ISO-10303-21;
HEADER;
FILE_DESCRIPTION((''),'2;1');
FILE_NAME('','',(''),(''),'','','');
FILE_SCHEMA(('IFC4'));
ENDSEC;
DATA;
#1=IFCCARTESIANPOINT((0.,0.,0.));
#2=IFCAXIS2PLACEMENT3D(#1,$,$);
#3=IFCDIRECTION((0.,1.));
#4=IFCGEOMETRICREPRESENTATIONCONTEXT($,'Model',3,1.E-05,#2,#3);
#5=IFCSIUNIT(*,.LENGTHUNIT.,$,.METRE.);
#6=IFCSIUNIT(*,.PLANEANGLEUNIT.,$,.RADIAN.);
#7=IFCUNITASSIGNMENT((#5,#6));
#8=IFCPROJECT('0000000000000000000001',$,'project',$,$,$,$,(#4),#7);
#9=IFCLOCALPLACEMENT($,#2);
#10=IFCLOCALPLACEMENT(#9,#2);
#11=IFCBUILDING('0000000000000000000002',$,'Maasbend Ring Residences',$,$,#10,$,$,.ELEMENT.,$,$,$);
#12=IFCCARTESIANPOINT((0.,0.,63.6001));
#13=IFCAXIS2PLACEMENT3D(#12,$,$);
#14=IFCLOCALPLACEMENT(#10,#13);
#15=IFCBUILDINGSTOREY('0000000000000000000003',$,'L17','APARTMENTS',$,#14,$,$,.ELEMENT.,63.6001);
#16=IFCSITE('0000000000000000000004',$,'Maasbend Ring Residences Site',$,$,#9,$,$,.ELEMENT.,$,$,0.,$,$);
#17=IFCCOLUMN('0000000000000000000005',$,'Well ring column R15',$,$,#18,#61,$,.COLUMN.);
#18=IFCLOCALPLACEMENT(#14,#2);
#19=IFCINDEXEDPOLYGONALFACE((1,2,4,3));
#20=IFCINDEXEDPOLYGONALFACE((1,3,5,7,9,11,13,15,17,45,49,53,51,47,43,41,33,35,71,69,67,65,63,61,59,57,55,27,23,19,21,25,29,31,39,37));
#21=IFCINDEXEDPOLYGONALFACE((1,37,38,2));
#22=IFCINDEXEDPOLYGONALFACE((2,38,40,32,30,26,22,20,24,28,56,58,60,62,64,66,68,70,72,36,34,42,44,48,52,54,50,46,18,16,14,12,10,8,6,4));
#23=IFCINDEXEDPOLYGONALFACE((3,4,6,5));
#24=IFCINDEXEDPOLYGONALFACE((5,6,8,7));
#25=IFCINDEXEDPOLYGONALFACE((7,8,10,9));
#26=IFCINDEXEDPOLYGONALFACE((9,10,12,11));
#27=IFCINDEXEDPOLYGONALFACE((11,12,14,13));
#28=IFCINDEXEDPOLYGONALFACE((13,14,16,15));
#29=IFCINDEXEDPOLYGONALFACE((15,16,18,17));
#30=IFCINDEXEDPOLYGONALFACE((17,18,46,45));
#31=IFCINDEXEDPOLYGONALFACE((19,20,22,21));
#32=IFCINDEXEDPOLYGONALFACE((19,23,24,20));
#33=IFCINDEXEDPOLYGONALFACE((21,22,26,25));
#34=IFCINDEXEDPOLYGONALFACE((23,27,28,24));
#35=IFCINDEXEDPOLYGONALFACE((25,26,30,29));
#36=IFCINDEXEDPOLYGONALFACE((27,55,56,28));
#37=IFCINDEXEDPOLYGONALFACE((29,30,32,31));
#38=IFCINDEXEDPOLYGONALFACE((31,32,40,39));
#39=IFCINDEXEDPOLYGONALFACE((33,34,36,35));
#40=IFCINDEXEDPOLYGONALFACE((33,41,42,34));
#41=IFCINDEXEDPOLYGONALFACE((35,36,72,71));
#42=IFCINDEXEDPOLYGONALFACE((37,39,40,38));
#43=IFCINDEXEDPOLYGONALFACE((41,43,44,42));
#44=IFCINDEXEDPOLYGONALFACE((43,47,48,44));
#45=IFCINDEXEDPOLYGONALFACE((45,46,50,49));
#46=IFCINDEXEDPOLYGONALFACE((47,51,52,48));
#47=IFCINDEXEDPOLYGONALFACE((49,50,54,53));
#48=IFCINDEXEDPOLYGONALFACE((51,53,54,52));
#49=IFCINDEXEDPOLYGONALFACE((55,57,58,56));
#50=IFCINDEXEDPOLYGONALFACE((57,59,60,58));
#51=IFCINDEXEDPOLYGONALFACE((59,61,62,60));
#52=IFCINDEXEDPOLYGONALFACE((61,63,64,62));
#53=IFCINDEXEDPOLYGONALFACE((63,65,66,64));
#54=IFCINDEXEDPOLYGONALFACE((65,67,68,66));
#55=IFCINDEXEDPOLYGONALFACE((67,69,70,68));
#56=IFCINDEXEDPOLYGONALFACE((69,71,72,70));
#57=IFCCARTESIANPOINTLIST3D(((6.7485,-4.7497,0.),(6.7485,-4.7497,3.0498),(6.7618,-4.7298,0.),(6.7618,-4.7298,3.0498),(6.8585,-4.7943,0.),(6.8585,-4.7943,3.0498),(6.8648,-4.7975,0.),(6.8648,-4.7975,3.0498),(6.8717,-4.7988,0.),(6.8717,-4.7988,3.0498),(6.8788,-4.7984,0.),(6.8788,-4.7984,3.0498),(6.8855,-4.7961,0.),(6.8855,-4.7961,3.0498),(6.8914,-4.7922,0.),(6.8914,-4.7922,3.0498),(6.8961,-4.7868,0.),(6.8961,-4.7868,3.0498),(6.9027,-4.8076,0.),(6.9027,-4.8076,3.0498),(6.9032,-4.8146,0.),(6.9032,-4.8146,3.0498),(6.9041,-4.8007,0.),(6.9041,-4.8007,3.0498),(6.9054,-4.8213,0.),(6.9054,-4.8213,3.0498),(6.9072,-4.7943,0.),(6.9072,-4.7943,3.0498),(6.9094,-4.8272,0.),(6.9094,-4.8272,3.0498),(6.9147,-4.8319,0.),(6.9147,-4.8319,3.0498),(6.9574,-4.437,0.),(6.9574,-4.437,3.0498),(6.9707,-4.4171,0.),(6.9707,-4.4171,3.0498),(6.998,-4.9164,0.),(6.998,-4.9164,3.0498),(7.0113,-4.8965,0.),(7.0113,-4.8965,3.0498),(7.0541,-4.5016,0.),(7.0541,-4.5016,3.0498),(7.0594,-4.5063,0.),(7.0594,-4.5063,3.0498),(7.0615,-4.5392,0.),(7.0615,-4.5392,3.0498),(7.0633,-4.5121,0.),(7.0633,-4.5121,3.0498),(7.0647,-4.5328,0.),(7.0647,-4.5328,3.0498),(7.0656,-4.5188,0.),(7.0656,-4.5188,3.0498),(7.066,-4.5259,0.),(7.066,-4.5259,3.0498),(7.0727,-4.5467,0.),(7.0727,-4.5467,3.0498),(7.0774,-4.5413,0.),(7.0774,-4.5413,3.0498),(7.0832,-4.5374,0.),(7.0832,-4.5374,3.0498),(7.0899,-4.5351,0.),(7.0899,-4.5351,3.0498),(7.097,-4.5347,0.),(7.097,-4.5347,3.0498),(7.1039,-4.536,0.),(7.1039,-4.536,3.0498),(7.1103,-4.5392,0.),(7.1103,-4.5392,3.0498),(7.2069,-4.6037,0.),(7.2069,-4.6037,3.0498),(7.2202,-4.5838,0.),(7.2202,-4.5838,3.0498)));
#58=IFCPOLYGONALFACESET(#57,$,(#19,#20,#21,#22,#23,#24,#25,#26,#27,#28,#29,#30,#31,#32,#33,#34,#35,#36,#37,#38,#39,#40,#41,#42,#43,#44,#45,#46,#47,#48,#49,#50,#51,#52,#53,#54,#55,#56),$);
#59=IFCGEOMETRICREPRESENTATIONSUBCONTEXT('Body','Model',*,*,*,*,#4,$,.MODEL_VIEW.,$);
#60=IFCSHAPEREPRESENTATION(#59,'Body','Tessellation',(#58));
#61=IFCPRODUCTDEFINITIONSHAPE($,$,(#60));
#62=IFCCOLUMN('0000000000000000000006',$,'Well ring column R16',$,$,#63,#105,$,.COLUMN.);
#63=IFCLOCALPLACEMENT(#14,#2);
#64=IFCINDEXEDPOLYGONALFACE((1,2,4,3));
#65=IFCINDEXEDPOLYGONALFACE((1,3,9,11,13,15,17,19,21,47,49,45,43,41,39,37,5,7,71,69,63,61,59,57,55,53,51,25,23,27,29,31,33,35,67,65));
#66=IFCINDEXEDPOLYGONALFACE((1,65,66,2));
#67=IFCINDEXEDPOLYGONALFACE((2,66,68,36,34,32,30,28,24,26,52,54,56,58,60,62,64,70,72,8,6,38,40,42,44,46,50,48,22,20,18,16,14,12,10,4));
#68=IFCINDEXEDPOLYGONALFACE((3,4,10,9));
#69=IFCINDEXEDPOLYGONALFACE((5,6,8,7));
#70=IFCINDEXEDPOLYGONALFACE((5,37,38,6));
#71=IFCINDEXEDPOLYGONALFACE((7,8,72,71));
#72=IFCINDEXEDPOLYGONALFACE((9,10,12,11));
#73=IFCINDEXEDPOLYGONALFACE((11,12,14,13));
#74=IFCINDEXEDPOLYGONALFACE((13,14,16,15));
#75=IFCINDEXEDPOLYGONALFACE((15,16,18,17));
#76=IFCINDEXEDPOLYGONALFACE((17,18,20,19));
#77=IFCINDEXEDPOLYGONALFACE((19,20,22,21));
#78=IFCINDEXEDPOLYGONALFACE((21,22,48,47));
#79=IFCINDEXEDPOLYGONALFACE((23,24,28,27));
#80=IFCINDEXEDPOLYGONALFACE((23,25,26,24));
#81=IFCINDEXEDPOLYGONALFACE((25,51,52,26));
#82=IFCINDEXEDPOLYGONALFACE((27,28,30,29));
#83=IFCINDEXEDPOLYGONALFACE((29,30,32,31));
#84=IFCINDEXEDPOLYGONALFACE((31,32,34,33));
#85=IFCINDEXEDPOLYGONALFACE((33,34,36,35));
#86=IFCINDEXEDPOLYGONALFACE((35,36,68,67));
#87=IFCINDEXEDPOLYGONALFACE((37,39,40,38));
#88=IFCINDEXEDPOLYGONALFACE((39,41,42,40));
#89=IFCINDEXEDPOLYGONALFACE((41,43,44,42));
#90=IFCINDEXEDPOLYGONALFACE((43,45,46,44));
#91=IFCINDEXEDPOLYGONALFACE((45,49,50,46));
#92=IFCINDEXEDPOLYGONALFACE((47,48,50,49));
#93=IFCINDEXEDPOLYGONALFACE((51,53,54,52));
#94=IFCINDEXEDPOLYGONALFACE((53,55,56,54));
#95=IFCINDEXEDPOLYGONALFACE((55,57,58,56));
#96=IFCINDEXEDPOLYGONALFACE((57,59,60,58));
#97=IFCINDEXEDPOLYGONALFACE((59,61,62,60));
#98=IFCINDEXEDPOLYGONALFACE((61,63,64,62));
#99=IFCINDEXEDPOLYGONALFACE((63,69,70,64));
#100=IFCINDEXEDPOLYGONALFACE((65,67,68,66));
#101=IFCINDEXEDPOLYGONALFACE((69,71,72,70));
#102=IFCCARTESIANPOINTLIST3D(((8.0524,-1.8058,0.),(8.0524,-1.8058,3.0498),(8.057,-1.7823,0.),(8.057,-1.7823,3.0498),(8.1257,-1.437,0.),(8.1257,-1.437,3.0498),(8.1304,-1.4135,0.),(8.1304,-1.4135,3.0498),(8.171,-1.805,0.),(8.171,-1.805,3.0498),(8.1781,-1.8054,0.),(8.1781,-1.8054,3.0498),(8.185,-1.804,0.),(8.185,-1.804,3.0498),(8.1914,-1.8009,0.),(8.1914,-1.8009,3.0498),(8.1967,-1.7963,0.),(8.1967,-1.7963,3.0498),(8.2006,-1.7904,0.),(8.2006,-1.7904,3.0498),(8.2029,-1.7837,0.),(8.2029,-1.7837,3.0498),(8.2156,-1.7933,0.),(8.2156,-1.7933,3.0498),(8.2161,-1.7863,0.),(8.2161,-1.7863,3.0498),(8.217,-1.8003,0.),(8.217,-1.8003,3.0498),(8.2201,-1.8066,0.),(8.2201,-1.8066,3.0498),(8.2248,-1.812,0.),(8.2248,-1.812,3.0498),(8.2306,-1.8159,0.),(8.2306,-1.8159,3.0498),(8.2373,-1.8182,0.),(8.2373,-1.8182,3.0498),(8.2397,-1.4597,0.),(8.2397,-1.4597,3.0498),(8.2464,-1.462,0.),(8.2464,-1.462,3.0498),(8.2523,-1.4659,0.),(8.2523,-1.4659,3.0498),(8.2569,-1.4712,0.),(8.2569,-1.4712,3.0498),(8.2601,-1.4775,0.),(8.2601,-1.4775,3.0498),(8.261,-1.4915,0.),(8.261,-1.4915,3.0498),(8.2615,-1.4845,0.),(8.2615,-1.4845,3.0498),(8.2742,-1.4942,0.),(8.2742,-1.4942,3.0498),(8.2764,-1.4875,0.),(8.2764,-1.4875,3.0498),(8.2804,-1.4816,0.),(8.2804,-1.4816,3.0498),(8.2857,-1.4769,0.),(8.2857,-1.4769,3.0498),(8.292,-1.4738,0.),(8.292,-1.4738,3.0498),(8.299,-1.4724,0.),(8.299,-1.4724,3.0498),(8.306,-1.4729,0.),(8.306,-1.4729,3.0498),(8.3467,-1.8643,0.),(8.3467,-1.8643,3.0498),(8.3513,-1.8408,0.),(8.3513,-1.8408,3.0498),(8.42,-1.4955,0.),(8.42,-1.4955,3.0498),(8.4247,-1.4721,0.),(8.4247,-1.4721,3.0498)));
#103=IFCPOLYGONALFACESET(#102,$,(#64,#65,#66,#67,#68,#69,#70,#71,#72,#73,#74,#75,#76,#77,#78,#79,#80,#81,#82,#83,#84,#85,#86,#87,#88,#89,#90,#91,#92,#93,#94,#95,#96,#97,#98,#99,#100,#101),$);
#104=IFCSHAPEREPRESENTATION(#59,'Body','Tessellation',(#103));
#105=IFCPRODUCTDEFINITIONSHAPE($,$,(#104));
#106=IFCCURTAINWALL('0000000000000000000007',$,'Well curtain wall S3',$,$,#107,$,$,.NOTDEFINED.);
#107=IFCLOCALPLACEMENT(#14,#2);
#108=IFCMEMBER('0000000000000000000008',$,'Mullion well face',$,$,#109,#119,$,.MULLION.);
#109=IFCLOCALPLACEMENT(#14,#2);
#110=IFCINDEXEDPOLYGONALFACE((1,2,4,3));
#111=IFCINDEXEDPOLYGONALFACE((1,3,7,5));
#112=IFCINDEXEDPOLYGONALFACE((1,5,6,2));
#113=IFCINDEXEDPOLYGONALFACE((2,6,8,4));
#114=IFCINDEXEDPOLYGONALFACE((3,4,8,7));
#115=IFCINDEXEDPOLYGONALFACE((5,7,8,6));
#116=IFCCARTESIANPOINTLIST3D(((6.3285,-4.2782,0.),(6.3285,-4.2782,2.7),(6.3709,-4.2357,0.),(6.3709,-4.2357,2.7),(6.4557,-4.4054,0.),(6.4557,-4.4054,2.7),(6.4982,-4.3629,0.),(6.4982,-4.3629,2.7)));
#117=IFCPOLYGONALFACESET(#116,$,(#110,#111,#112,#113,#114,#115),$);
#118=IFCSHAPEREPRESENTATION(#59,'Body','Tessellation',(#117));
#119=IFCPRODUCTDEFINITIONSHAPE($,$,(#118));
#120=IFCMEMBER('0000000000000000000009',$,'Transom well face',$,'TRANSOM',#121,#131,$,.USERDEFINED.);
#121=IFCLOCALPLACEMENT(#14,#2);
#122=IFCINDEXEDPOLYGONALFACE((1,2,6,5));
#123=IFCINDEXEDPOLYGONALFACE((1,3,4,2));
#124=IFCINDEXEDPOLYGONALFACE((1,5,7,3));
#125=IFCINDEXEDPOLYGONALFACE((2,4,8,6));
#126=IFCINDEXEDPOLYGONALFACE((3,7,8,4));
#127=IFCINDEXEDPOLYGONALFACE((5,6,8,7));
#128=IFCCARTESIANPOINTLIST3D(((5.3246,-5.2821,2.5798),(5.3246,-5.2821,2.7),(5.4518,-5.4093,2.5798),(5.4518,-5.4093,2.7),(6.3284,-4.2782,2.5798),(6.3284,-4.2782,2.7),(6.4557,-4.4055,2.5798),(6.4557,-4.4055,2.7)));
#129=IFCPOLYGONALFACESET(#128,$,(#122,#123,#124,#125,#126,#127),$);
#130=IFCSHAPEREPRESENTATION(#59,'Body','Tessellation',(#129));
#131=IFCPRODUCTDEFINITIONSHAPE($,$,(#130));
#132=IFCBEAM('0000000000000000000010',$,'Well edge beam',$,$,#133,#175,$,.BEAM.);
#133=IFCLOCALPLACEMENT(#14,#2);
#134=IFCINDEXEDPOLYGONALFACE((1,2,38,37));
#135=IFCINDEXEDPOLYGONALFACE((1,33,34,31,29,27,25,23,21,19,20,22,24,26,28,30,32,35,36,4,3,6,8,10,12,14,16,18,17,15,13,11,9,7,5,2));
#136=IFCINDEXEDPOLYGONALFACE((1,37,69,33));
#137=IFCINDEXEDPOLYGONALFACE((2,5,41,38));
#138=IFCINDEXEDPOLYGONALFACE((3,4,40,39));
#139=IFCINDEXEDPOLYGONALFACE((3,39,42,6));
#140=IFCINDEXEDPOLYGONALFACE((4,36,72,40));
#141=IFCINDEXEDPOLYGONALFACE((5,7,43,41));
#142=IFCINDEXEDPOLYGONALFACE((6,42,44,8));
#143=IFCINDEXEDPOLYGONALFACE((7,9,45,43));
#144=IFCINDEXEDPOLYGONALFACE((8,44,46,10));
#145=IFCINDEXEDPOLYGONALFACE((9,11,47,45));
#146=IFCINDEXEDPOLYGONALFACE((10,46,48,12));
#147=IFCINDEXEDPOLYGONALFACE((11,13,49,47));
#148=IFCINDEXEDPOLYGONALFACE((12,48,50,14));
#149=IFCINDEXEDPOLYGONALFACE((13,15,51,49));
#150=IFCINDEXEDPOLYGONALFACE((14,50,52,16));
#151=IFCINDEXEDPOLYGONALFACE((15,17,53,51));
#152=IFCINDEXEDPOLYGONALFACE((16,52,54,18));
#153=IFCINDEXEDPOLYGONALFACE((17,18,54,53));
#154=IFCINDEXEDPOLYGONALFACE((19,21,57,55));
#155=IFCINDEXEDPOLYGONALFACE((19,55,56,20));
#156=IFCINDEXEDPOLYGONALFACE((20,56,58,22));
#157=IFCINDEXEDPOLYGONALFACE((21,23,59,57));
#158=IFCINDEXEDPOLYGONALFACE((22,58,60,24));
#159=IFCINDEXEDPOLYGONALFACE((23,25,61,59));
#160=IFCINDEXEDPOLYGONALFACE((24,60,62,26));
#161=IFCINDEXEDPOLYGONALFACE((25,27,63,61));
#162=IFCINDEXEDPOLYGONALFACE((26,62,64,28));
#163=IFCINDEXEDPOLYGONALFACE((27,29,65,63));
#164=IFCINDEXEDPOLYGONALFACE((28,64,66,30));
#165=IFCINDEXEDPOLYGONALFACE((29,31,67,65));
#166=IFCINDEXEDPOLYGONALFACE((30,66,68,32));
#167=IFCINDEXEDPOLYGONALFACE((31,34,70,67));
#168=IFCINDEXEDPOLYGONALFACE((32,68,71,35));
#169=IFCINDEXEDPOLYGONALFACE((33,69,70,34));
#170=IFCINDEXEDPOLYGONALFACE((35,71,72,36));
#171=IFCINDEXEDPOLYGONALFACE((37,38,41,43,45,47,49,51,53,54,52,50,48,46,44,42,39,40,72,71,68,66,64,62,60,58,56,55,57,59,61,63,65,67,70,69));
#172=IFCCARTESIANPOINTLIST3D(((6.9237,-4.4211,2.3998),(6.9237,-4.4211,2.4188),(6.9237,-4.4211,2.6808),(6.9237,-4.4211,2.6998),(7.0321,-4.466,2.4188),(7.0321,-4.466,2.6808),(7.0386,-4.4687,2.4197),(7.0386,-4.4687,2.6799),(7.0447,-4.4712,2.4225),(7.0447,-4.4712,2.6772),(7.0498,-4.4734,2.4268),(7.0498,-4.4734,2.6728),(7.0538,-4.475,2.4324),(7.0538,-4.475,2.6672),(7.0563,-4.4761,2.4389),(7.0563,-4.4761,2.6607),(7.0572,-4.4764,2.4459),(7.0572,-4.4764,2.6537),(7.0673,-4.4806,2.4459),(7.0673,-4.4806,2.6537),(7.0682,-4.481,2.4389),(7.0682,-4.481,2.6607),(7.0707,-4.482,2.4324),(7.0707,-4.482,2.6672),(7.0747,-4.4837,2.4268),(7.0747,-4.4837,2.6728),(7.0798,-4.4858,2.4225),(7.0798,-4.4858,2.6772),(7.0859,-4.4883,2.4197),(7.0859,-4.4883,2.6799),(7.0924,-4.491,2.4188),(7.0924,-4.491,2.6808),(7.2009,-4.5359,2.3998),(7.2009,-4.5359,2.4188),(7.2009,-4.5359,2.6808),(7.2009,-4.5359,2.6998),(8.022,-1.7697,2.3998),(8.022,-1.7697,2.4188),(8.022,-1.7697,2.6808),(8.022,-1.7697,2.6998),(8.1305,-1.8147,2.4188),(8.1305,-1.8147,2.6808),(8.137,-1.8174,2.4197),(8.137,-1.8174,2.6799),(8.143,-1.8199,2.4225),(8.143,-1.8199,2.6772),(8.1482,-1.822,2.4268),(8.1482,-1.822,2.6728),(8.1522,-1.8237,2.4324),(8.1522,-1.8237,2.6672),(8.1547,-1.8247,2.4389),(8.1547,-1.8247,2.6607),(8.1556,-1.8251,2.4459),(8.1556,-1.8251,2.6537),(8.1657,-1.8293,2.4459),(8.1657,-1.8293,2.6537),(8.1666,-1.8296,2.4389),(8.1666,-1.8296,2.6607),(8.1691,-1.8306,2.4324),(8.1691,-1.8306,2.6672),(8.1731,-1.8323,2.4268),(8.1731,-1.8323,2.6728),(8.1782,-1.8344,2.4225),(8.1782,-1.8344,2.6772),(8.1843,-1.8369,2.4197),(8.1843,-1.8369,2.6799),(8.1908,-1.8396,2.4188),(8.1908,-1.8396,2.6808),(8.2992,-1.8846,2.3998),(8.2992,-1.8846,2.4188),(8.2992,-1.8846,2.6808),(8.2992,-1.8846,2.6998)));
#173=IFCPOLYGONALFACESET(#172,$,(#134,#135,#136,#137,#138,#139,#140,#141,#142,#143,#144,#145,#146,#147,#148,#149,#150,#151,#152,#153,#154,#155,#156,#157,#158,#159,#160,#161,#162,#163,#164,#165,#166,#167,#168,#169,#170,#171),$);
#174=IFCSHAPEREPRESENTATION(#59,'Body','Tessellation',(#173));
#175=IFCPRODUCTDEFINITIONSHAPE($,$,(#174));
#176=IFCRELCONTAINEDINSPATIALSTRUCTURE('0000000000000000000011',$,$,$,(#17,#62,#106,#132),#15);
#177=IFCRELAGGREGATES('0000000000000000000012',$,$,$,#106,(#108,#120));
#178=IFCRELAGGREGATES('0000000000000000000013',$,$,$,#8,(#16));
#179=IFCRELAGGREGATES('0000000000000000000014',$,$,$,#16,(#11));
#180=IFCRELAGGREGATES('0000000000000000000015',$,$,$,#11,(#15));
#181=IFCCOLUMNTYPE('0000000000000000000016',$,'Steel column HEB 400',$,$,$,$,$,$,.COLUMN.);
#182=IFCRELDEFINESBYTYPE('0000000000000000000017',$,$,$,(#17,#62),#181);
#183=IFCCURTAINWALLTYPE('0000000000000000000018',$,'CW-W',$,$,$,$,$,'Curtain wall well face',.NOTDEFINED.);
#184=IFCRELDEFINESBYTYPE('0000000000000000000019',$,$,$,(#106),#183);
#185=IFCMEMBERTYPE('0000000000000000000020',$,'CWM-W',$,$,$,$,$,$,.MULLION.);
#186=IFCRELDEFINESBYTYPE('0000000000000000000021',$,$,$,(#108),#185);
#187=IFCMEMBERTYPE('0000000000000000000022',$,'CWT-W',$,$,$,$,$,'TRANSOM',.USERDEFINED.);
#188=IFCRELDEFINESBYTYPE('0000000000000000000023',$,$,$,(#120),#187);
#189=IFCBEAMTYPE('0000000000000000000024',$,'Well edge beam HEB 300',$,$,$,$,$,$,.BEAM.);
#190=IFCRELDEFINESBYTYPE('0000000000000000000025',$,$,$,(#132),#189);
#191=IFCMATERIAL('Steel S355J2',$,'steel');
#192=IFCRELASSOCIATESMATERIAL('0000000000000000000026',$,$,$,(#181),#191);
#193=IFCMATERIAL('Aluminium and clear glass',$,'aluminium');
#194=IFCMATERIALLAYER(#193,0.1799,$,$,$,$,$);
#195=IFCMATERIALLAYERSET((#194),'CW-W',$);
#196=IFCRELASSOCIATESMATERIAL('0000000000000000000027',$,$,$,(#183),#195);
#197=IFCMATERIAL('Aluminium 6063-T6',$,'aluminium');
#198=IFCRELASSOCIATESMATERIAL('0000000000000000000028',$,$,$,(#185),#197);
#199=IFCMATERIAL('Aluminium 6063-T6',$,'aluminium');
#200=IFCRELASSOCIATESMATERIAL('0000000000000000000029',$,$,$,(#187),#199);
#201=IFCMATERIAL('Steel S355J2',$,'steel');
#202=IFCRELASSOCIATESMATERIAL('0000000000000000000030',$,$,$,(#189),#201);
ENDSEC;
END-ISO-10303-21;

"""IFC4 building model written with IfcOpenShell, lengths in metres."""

from ifc_helpers import new_model, si_unit, direction, frame, origin, origin_2d, place, context, subcontext, project, spatial, rectangle, i_section, extrude, material, layer, layer_set, material_profile, profile_set, type_object, element, aggregate, save


model = new_model("IFC4")

# Units and contexts
model_context = context("Model", 3, precision=1e-05, world=origin(), true_north=direction((0.0, 1.0)))
body_context = subcontext(model_context, "Body", "Model", "MODEL_VIEW")
ifc_project = project(units=[si_unit("LENGTHUNIT", "METRE"), si_unit("PLANEANGLEUNIT", "RADIAN")], contexts=[model_context])

# Site, building, storey
site_placement = place(None, origin())
site = spatial("IfcSite", under=ifc_project, at=site_placement, Name="Maasbend Ring Residences Site", CompositionType="ELEMENT", RefElevation=0.0)
building_placement = place(site_placement, origin())
building = spatial("IfcBuilding", under=site, at=building_placement, Name="Maasbend Ring Residences", CompositionType="ELEMENT")
storey_placement = place(building_placement, frame((0.0, 0.0, 63.6001)))
storey = spatial("IfcBuildingStorey", under=building, at=storey_placement, Name="L17", Description="APARTMENTS", CompositionType="ELEMENT", Elevation=63.6001)

# Columns
ifc_material_1 = material(Name="Steel S355J2", Category="steel")
ifc_material_profile_1 = material_profile(ifc_material_1, i_section(OverallWidth=0.3, OverallDepth=0.3999, WebThickness=0.0134, FlangeThickness=0.0239, FilletRadius=0.0271, at=origin_2d()), Name="HEB 400")
ifc_profile_set_1 = profile_set([ifc_material_profile_1], Name="Steel S355J2")
column_type = type_object("IfcColumnType", Name="Steel column HEB 400", PredefinedType="COLUMN", material=ifc_profile_set_1)
for number, where, z_axis, x_axis, name in (
    (1, (6.9844, -4.6667, 0.0), (0.0, 0.0, 1.0), (0.83147, -0.55557, 0.0), "Well ring column R15"),
    (2, (8.2385, -1.6389, 0.0), (0.0, 0.0, 1.0), (0.980785, -0.19509, 0.0), "Well ring column R16"),
):
    element("IfcColumn", number, at=place(storey_placement, frame(where, z_axis=z_axis, x_axis=x_axis)), inside=storey, type_object=column_type, Name=name, PredefinedType="COLUMN", context=body_context, shape_type="SweptSolid", body=[
        extrude(i_section(OverallWidth=0.3, OverallDepth=0.3999, WebThickness=0.0134, FlangeThickness=0.0239, FilletRadius=0.0271, at=origin_2d()), origin(), (0.0, 0.0, 1.0), 3.0498),
    ])

# Curtain wall, members
ifc_material_2 = material(Name="Aluminium and clear glass", Category="aluminium")
ifc_layer_1 = layer(ifc_material_2, 0.1799)
ifc_layer_set_1 = layer_set([ifc_layer_1], Name="CW-W")
curtain_wall_type = type_object("IfcCurtainWallType", Name="CW-W", ElementType="Curtain wall well face", PredefinedType="NOTDEFINED", material=ifc_layer_set_1)
curtain_wall_placement = place(storey_placement, origin())
curtain_wall = element("IfcCurtainWall", 3, at=curtain_wall_placement, inside=storey, type_object=curtain_wall_type, Name="Well curtain wall S3", PredefinedType="NOTDEFINED")
ifc_material_3 = material(Name="Aluminium 6063-T6", Category="aluminium")
ifc_material_profile_2 = material_profile(ifc_material_3, rectangle(XDim=0.1799, YDim=0.0601, at=origin_2d()), Name="AL 180x60")
ifc_profile_set_2 = profile_set([ifc_material_profile_2], Name="Aluminium 6063-T6")
member_type_1 = type_object("IfcMemberType", Name="CWM-W", PredefinedType="MULLION", material=ifc_profile_set_2)
member_1_placement = place(storey_placement, frame((6.4133, -4.3206, 0.0), z_axis=(0.0, 0.0, 1.0), x_axis=(-0.707107, 0.707107, 0.0)))
member_1 = element("IfcMember", 4, at=member_1_placement, type_object=member_type_1, Name="Mullion well face", PredefinedType="MULLION", context=body_context, shape_type="SweptSolid", body=[
    extrude(rectangle(XDim=0.1799, YDim=0.0601, at=origin_2d()), origin(), (0.0, 0.0, 1.0), 2.7),
])
ifc_material_4 = material(Name="Aluminium 6063-T6", Category="aluminium")
ifc_material_profile_3 = material_profile(ifc_material_4, rectangle(XDim=0.1799, YDim=0.1201, at=origin_2d()), Name="AL 180x120")
ifc_profile_set_3 = profile_set([ifc_material_profile_3], Name="Aluminium 6063-T6")
member_type_2 = type_object("IfcMemberType", Name="CWT-W", ElementType="TRANSOM", PredefinedType="USERDEFINED", material=ifc_profile_set_3)
member_2_placement = place(storey_placement, frame((5.3882, -5.3457, 2.6399), z_axis=(0.707107, 0.707107, 0.0), x_axis=(-0.707107, 0.707107, 0.0)))
member_2 = element("IfcMember", 5, at=member_2_placement, type_object=member_type_2, Name="Transom well face", ObjectType="TRANSOM", PredefinedType="USERDEFINED", context=body_context, shape_type="SweptSolid", body=[
    extrude(rectangle(XDim=0.1799, YDim=0.1201, at=origin_2d()), origin(), (0.0, 0.0, 1.0), 1.4197),
])

# Beam
ifc_material_5 = material(Name="Steel S355J2", Category="steel")
ifc_material_profile_4 = material_profile(ifc_material_5, i_section(OverallWidth=0.3, OverallDepth=0.3, WebThickness=0.011, FlangeThickness=0.019, FilletRadius=0.0271, at=origin_2d()), Name="HEB 300")
ifc_profile_set_4 = profile_set([ifc_material_profile_4], Name="Steel S355J2")
beam_type = type_object("IfcBeamType", Name="Well edge beam HEB 300", PredefinedType="BEAM", material=ifc_profile_set_4)
beam_1_placement = place(storey_placement, frame((7.0623, -4.4785, 2.5498), z_axis=(0.38273, 0.92386, 0.0), x_axis=(-0.92386, 0.38273, 0.0)))
element("IfcBeam", 6, at=beam_1_placement, inside=storey, type_object=beam_type, Name="Well edge beam", PredefinedType="BEAM", context=body_context, shape_type="SweptSolid", body=[
    extrude(i_section(OverallWidth=0.3, OverallDepth=0.3, WebThickness=0.011, FlangeThickness=0.019, FilletRadius=0.0271, at=origin_2d()), origin(), (0.0, 0.0, 1.0), 2.8699),
])

aggregate(curtain_wall, [member_1, member_2])

save(model, "model.ifc")
